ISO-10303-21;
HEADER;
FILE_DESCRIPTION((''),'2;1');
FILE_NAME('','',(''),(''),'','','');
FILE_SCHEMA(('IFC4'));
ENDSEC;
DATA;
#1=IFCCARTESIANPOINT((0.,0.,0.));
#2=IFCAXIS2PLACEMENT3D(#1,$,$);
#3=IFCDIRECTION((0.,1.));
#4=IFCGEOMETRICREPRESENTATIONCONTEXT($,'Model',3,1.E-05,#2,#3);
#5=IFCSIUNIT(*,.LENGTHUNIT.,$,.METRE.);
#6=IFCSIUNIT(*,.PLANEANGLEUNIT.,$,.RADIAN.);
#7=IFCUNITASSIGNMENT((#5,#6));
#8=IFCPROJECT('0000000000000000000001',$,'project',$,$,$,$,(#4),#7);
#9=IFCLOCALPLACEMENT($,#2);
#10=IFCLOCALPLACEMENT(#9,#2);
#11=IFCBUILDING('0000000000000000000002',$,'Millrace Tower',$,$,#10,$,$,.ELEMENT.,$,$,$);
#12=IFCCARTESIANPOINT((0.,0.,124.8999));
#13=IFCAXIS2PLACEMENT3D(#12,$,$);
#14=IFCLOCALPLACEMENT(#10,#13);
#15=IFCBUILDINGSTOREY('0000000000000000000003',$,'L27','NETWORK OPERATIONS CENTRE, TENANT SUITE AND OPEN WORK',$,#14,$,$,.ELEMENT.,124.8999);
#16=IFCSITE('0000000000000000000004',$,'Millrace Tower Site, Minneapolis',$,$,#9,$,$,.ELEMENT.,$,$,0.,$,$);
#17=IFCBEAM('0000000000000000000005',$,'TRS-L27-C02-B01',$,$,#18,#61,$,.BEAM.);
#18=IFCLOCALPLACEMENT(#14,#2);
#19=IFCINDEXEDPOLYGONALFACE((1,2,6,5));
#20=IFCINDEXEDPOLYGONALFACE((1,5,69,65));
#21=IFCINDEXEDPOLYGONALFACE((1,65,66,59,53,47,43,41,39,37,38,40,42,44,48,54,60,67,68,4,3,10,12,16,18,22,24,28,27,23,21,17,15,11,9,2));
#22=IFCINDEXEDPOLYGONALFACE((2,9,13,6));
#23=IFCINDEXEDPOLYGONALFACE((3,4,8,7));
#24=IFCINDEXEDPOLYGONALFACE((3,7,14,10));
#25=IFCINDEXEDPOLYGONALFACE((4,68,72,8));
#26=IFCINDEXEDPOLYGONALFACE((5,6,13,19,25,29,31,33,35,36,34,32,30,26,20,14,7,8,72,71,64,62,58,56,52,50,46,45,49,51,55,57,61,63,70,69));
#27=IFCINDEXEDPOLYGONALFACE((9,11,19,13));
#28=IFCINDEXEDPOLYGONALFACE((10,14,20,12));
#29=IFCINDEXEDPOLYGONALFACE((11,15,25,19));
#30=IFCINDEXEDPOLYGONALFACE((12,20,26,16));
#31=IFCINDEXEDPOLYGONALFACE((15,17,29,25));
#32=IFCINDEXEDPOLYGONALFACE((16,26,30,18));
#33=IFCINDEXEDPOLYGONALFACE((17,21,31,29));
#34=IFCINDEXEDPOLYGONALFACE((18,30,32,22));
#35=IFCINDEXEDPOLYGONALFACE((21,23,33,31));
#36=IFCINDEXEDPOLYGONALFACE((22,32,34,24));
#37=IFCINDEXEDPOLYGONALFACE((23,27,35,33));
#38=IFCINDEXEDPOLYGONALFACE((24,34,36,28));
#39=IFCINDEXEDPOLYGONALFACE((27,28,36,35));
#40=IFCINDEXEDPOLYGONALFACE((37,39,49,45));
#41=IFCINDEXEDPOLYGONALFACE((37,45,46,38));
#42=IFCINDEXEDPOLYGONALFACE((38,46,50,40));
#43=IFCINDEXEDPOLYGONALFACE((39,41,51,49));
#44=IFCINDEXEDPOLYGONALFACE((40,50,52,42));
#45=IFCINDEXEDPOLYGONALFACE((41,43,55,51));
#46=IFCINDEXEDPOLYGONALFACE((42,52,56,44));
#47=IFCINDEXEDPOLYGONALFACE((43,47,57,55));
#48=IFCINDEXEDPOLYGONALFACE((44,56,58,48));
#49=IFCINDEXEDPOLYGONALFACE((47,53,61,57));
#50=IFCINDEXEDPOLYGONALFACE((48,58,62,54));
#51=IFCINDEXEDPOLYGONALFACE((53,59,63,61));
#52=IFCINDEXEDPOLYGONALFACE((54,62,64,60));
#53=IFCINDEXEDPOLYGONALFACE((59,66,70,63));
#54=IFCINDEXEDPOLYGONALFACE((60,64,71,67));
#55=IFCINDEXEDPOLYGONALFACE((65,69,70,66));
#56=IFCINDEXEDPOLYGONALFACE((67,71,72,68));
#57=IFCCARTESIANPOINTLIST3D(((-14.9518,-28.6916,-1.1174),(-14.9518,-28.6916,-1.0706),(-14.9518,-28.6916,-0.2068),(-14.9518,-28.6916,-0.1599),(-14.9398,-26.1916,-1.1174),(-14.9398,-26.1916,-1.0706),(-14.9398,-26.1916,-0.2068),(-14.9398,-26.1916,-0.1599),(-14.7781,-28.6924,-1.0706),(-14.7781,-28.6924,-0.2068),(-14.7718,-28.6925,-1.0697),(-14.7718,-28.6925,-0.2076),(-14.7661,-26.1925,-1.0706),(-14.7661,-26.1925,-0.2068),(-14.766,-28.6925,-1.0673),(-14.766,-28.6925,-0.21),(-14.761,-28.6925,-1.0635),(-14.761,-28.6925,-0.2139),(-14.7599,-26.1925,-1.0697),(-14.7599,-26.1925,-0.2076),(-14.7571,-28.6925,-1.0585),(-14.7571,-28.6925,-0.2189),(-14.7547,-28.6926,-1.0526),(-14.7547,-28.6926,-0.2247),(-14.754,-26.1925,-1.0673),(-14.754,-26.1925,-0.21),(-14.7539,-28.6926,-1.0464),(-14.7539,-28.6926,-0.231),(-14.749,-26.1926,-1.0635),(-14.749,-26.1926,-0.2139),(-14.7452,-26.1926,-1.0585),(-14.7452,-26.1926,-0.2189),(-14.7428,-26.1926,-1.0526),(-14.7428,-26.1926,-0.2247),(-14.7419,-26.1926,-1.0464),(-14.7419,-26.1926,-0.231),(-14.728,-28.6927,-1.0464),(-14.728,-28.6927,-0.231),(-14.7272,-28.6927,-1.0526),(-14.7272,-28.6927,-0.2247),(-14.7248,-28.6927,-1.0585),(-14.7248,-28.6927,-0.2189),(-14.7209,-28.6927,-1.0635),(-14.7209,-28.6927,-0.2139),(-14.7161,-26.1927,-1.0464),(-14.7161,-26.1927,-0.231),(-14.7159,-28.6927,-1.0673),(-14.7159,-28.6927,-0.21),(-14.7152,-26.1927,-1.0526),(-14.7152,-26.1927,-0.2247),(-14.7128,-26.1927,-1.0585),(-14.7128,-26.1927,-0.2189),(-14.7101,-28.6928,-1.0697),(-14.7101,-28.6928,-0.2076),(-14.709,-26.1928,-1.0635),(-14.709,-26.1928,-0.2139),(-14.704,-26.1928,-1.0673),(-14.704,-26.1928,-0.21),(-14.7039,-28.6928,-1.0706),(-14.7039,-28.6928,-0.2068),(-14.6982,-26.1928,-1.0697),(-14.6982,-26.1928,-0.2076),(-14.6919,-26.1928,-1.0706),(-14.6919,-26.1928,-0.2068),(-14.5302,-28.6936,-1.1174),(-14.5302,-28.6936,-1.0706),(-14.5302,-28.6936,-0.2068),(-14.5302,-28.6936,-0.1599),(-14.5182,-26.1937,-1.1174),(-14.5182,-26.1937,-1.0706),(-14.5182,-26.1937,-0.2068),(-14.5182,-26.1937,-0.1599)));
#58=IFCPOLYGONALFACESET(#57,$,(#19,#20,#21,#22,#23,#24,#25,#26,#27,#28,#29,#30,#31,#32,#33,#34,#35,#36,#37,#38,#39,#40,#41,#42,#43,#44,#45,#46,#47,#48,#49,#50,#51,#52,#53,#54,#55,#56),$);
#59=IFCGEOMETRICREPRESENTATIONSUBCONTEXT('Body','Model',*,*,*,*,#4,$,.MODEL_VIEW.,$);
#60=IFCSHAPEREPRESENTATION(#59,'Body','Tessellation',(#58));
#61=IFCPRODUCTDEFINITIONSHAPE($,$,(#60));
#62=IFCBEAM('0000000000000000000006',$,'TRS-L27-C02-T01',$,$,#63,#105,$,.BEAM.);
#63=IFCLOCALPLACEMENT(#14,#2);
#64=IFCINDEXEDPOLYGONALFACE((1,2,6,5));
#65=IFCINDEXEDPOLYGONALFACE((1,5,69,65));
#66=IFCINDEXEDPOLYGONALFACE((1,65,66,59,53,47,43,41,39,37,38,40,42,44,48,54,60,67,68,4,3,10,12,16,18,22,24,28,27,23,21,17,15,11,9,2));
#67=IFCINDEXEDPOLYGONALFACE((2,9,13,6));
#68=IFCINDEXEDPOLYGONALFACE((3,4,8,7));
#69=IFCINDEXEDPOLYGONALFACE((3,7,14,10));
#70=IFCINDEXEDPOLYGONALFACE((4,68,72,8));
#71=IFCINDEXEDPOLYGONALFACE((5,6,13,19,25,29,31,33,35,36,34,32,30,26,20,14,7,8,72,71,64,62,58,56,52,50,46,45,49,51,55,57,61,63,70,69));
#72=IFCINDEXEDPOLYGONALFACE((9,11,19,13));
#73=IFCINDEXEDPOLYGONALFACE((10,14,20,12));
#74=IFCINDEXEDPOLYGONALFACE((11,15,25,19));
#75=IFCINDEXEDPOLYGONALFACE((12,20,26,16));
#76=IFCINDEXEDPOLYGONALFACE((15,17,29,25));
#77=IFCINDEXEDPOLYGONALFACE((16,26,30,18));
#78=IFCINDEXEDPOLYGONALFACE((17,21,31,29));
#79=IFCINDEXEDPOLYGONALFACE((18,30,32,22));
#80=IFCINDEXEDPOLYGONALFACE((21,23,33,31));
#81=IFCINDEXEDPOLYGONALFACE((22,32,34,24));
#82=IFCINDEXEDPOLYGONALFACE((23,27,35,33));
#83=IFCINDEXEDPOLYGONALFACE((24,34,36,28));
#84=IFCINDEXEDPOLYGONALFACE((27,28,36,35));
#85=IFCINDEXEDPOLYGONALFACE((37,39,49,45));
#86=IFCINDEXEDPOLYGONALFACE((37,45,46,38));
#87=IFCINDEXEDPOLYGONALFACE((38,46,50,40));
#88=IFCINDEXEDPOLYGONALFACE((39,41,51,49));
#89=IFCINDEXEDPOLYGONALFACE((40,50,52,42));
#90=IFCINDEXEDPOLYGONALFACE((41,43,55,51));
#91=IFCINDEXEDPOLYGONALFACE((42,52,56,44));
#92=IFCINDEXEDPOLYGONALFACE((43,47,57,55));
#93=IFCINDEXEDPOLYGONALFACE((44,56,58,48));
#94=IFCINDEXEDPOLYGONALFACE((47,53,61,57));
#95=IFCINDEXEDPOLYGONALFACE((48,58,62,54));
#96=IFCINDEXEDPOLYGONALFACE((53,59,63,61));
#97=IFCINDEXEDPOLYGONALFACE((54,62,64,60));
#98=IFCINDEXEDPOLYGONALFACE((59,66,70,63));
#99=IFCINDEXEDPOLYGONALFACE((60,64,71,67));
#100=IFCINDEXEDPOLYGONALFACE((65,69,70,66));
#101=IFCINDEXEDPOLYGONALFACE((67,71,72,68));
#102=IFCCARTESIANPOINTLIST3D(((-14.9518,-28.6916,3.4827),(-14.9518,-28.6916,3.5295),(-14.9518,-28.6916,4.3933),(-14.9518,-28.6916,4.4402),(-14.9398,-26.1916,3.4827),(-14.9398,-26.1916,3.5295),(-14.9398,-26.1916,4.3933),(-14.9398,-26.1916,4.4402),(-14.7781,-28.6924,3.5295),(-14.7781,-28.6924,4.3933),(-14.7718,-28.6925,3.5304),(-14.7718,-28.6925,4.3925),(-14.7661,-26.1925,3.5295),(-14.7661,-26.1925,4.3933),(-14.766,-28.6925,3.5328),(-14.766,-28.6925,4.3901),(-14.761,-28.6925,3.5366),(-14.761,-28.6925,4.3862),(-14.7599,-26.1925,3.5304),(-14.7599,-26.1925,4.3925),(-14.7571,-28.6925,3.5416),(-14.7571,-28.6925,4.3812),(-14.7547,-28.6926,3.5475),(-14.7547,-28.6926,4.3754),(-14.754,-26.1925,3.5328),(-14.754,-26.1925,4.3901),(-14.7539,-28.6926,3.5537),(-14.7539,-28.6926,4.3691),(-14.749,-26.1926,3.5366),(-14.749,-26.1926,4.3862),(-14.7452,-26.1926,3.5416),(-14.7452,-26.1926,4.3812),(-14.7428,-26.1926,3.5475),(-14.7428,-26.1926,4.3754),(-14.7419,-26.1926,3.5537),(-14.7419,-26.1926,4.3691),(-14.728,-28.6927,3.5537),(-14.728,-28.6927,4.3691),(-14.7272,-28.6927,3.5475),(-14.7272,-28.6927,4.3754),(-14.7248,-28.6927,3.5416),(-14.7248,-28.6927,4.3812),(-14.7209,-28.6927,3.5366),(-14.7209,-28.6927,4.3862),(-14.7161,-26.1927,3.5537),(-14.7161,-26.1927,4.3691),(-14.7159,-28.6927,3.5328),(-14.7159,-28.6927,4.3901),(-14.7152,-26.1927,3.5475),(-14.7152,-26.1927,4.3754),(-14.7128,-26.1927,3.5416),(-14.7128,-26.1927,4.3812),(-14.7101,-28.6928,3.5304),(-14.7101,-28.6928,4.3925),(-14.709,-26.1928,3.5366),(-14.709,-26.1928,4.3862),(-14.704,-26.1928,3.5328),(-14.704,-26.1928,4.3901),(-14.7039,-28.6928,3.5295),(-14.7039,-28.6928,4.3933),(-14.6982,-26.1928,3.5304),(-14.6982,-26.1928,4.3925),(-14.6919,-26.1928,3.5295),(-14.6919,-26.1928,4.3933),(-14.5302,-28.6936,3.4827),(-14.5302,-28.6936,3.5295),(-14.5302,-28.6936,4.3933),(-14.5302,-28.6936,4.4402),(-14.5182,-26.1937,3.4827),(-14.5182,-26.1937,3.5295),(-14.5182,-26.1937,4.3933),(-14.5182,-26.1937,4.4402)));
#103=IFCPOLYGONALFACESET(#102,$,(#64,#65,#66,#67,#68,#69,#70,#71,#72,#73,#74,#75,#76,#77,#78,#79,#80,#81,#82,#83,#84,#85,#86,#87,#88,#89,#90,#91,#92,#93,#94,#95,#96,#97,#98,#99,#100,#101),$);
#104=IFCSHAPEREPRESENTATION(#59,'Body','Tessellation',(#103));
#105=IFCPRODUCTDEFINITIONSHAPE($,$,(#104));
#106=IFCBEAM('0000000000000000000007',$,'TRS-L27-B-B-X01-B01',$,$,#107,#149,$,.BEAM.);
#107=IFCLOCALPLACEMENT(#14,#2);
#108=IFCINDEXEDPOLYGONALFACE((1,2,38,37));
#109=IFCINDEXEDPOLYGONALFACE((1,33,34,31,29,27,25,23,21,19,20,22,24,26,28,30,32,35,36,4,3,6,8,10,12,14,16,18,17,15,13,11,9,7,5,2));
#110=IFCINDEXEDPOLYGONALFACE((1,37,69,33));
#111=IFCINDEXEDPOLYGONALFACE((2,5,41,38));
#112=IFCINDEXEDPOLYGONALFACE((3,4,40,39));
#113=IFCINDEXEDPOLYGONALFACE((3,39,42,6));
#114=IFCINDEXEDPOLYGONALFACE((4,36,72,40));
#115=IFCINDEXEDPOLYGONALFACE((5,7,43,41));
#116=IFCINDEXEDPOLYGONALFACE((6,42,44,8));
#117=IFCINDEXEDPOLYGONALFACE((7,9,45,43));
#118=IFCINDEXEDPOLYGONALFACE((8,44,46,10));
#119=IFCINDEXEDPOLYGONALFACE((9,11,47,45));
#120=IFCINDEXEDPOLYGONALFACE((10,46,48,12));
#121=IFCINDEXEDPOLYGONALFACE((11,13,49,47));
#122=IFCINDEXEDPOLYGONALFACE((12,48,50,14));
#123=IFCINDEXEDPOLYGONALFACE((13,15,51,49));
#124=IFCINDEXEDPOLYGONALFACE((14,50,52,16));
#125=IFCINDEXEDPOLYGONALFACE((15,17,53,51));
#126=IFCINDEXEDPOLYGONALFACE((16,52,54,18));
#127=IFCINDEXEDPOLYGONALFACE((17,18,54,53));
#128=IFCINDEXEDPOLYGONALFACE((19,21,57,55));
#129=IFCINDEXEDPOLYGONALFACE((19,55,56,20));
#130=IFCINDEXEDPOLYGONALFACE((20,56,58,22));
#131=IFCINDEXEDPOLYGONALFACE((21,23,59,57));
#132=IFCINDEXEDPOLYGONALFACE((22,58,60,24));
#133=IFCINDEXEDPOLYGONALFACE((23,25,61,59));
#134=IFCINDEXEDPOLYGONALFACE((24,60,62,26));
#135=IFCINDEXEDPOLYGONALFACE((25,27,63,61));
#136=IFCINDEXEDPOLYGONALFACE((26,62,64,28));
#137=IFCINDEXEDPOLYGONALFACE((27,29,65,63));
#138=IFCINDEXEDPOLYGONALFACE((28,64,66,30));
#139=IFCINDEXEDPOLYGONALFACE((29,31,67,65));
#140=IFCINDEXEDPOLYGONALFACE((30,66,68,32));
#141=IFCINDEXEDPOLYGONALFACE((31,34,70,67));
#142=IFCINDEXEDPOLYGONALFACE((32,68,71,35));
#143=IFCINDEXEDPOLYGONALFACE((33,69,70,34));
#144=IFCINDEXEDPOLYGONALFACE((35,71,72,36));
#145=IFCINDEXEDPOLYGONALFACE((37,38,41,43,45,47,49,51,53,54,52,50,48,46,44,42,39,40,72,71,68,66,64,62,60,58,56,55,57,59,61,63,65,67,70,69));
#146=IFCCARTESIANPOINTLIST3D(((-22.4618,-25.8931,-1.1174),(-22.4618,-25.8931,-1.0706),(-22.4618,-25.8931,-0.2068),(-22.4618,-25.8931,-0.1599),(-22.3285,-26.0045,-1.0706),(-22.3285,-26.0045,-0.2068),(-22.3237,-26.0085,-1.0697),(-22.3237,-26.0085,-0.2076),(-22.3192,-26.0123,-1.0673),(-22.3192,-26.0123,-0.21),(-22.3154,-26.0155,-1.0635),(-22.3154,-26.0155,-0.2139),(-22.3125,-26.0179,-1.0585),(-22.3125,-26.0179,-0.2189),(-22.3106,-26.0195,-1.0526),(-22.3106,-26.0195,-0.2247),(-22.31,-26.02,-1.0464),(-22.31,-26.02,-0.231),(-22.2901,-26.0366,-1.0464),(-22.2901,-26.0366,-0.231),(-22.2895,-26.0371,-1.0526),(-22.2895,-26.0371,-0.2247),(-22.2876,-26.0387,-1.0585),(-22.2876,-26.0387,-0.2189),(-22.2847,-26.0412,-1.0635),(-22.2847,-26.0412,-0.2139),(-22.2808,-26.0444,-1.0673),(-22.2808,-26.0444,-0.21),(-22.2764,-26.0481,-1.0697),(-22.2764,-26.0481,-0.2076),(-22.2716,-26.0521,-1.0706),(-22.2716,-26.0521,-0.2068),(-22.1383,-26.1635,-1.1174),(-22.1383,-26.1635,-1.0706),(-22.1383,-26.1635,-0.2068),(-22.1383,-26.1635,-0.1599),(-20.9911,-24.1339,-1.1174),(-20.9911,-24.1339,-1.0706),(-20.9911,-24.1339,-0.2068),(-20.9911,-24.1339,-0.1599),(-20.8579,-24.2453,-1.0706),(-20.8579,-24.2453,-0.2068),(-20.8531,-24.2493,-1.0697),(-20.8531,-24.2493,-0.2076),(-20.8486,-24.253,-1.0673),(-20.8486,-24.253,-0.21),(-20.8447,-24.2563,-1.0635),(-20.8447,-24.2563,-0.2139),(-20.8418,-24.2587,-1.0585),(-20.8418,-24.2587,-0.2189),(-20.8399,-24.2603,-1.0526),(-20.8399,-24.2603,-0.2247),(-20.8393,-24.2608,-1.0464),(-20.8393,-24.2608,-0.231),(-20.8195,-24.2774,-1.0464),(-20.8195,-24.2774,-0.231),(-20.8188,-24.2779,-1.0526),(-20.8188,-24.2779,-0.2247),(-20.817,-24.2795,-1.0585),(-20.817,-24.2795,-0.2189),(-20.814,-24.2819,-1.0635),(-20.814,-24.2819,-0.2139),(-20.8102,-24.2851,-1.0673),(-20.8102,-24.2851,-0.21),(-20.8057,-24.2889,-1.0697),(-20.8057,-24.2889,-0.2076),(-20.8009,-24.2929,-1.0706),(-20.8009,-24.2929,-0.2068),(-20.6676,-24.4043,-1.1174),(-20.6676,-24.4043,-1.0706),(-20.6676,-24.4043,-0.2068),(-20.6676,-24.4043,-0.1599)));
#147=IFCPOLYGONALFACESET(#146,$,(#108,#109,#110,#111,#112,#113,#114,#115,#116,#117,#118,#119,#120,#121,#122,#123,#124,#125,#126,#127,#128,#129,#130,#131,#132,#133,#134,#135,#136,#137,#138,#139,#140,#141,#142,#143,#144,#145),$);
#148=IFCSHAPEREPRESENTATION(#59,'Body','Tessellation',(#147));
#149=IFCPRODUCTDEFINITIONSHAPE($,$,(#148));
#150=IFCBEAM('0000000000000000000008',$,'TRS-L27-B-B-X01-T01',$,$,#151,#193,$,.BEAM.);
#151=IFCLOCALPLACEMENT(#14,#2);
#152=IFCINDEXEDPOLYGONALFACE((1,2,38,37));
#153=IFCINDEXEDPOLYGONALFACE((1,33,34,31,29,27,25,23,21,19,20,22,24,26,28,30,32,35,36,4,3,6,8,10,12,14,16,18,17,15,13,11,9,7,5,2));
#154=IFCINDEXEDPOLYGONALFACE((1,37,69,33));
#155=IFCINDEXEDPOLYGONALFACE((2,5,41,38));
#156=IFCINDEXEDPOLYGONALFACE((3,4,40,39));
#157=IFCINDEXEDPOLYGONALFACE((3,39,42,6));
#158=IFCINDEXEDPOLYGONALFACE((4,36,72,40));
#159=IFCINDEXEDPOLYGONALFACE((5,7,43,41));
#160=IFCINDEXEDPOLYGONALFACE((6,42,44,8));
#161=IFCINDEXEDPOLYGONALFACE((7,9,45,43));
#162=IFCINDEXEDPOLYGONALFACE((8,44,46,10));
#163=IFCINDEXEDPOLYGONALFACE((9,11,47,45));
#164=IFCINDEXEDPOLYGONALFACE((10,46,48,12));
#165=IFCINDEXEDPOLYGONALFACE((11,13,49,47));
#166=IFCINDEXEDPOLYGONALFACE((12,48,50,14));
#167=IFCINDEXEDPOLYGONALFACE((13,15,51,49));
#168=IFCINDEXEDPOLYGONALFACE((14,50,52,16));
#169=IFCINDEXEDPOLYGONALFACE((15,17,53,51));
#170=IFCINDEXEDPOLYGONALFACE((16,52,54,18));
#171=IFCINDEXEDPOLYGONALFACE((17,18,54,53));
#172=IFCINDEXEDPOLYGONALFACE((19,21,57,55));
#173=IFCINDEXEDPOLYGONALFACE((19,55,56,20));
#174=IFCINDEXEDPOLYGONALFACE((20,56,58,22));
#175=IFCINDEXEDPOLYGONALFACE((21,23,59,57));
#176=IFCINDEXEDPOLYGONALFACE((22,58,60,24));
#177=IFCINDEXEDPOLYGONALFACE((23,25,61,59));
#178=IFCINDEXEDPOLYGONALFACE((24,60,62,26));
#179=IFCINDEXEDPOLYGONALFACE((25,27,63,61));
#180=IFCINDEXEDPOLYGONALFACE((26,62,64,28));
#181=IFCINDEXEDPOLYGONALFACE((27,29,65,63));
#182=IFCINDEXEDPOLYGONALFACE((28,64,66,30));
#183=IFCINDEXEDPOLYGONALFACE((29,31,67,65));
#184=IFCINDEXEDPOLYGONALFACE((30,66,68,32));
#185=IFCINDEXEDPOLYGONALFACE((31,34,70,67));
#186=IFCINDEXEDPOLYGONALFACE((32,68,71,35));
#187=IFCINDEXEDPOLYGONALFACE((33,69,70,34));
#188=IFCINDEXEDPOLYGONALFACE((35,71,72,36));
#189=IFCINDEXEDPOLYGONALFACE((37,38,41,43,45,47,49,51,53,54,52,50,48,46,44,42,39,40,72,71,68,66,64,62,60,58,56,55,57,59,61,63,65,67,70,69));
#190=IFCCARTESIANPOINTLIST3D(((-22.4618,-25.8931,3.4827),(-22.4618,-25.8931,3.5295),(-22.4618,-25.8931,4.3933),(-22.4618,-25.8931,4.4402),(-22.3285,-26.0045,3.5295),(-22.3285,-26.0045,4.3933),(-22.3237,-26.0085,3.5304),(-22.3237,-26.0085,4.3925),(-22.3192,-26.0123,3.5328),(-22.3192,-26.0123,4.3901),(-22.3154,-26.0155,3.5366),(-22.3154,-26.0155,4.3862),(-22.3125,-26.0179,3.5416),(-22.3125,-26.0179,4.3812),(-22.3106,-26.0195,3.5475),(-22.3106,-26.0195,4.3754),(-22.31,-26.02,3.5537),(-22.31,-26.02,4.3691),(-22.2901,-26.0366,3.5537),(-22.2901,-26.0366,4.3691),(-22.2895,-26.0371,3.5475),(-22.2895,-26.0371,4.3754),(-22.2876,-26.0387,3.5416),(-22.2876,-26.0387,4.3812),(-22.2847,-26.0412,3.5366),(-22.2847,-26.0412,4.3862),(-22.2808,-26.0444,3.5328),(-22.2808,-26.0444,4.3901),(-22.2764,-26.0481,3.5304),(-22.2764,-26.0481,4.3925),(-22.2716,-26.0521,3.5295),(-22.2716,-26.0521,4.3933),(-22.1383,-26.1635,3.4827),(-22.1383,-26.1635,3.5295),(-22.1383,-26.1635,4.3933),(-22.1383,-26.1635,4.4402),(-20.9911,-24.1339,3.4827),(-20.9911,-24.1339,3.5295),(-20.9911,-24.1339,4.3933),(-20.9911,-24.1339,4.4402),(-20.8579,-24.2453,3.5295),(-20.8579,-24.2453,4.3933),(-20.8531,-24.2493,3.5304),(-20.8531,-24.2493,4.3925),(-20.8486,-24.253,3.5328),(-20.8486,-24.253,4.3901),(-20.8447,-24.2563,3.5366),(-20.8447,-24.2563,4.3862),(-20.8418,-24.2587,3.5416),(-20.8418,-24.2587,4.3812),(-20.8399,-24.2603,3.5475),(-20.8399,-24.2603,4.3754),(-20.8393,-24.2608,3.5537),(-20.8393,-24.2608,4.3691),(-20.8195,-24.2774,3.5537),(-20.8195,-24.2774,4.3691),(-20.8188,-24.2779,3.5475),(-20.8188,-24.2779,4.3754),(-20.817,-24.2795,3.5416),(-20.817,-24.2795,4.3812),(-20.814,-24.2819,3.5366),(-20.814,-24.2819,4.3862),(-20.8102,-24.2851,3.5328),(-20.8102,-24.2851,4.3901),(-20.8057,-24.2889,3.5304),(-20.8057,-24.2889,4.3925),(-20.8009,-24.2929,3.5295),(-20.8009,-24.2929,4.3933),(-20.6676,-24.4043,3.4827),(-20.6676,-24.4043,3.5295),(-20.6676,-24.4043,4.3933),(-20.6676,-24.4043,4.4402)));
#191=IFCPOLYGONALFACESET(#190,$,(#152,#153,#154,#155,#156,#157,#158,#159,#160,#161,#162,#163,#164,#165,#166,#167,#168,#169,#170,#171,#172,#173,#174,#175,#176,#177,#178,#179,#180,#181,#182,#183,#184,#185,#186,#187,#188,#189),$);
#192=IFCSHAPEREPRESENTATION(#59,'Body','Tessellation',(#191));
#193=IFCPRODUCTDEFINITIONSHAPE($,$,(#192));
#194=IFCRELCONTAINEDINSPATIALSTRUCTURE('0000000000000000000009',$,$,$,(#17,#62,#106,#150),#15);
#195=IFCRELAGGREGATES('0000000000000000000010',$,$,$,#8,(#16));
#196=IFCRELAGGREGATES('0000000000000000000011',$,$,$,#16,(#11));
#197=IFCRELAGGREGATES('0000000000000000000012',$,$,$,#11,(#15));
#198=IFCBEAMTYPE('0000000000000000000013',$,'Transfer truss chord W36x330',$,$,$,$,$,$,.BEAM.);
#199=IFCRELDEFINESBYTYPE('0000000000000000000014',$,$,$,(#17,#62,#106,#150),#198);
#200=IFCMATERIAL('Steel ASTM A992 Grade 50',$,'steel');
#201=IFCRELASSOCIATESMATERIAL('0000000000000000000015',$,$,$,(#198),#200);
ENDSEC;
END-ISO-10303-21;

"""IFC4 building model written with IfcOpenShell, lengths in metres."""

from ifc_helpers import new_model, si_unit, direction, frame, origin, origin_2d, place, context, subcontext, project, spatial, i_section, extrude, material, material_profile, profile_set, type_object, element, save


model = new_model("IFC4")

# Units and contexts
model_context = context("Model", 3, precision=1e-05, world=origin(), true_north=direction((0.0, 1.0)))
body_context = subcontext(model_context, "Body", "Model", "MODEL_VIEW")
ifc_project = project(units=[si_unit("LENGTHUNIT", "METRE"), si_unit("PLANEANGLEUNIT", "RADIAN")], contexts=[model_context])

# Site, building, storey
site_placement = place(None, origin())
site = spatial("IfcSite", under=ifc_project, at=site_placement, Name="Millrace Tower Site, Minneapolis", CompositionType="ELEMENT", RefElevation=0.0)
building_placement = place(site_placement, origin())
building = spatial("IfcBuilding", under=site, at=building_placement, Name="Millrace Tower", CompositionType="ELEMENT")
storey_placement = place(building_placement, frame((0.0, 0.0, 124.8999)))
storey = spatial("IfcBuildingStorey", under=building, at=storey_placement, Name="L27", Description="NETWORK OPERATIONS CENTRE, TENANT SUITE AND OPEN WORK", CompositionType="ELEMENT", Elevation=124.8999)

# Beams
ifc_material_1 = material(Name="Steel ASTM A992 Grade 50", Category="steel")
ifc_material_profile_1 = material_profile(ifc_material_1, i_section(OverallWidth=0.4216, OverallDepth=0.9575, WebThickness=0.0259, FlangeThickness=0.0469, FilletRadius=0.0242, at=origin_2d()))
ifc_profile_set_1 = profile_set([ifc_material_profile_1], Name="Steel ASTM A992 Grade 50")
beam_type_1 = type_object("IfcBeamType", Name="Transfer truss chord W36x330", PredefinedType="BEAM", material=ifc_profile_set_1)
for number, where, z_axis, x_axis, name in (
    (1, (-14.741, -28.6926, -0.6387), (0.004785, 0.999989, 0.0), (-0.999989, 0.004785, 0.0), "TRS-L27-C02-B01"),
    (2, (-14.741, -28.6926, 3.9614), (0.004785, 0.999989, 0.0), (-0.999989, 0.004785, 0.0), "TRS-L27-C02-T01"),
):
    element("IfcBeam", number, at=place(storey_placement, frame(where, z_axis=z_axis, x_axis=x_axis)), inside=storey, type_object=beam_type_1, Name=name, PredefinedType="BEAM", context=body_context, shape_type="SweptSolid", body=[
        extrude(i_section(OverallWidth=0.4216, OverallDepth=0.9575, WebThickness=0.0259, FlangeThickness=0.0469, FilletRadius=0.0242, at=origin_2d()), origin(), (0.0, 0.0, 1.0), 2.5),
    ])
for number, where, z_axis, x_axis, name in (
    (3, (-22.3, -26.0283, -0.6387), (0.641377, 0.767225, 0.0), (-0.767225, 0.641377, 0.0), "TRS-L27-B-B-X01-B01"),
    (4, (-22.3, -26.0283, 3.9614), (0.641377, 0.767225, 0.0), (-0.767225, 0.641377, 0.0), "TRS-L27-B-B-X01-T01"),
):
    element("IfcBeam", number, at=place(storey_placement, frame(where, z_axis=z_axis, x_axis=x_axis)), inside=storey, type_object=beam_type_1, Name=name, PredefinedType="BEAM", context=body_context, shape_type="SweptSolid", body=[
        extrude(i_section(OverallWidth=0.4216, OverallDepth=0.9575, WebThickness=0.0259, FlangeThickness=0.0469, FilletRadius=0.0242, at=origin_2d()), origin(), (0.0, 0.0, 1.0), 2.293),
    ])

save(model, "model.ifc")
